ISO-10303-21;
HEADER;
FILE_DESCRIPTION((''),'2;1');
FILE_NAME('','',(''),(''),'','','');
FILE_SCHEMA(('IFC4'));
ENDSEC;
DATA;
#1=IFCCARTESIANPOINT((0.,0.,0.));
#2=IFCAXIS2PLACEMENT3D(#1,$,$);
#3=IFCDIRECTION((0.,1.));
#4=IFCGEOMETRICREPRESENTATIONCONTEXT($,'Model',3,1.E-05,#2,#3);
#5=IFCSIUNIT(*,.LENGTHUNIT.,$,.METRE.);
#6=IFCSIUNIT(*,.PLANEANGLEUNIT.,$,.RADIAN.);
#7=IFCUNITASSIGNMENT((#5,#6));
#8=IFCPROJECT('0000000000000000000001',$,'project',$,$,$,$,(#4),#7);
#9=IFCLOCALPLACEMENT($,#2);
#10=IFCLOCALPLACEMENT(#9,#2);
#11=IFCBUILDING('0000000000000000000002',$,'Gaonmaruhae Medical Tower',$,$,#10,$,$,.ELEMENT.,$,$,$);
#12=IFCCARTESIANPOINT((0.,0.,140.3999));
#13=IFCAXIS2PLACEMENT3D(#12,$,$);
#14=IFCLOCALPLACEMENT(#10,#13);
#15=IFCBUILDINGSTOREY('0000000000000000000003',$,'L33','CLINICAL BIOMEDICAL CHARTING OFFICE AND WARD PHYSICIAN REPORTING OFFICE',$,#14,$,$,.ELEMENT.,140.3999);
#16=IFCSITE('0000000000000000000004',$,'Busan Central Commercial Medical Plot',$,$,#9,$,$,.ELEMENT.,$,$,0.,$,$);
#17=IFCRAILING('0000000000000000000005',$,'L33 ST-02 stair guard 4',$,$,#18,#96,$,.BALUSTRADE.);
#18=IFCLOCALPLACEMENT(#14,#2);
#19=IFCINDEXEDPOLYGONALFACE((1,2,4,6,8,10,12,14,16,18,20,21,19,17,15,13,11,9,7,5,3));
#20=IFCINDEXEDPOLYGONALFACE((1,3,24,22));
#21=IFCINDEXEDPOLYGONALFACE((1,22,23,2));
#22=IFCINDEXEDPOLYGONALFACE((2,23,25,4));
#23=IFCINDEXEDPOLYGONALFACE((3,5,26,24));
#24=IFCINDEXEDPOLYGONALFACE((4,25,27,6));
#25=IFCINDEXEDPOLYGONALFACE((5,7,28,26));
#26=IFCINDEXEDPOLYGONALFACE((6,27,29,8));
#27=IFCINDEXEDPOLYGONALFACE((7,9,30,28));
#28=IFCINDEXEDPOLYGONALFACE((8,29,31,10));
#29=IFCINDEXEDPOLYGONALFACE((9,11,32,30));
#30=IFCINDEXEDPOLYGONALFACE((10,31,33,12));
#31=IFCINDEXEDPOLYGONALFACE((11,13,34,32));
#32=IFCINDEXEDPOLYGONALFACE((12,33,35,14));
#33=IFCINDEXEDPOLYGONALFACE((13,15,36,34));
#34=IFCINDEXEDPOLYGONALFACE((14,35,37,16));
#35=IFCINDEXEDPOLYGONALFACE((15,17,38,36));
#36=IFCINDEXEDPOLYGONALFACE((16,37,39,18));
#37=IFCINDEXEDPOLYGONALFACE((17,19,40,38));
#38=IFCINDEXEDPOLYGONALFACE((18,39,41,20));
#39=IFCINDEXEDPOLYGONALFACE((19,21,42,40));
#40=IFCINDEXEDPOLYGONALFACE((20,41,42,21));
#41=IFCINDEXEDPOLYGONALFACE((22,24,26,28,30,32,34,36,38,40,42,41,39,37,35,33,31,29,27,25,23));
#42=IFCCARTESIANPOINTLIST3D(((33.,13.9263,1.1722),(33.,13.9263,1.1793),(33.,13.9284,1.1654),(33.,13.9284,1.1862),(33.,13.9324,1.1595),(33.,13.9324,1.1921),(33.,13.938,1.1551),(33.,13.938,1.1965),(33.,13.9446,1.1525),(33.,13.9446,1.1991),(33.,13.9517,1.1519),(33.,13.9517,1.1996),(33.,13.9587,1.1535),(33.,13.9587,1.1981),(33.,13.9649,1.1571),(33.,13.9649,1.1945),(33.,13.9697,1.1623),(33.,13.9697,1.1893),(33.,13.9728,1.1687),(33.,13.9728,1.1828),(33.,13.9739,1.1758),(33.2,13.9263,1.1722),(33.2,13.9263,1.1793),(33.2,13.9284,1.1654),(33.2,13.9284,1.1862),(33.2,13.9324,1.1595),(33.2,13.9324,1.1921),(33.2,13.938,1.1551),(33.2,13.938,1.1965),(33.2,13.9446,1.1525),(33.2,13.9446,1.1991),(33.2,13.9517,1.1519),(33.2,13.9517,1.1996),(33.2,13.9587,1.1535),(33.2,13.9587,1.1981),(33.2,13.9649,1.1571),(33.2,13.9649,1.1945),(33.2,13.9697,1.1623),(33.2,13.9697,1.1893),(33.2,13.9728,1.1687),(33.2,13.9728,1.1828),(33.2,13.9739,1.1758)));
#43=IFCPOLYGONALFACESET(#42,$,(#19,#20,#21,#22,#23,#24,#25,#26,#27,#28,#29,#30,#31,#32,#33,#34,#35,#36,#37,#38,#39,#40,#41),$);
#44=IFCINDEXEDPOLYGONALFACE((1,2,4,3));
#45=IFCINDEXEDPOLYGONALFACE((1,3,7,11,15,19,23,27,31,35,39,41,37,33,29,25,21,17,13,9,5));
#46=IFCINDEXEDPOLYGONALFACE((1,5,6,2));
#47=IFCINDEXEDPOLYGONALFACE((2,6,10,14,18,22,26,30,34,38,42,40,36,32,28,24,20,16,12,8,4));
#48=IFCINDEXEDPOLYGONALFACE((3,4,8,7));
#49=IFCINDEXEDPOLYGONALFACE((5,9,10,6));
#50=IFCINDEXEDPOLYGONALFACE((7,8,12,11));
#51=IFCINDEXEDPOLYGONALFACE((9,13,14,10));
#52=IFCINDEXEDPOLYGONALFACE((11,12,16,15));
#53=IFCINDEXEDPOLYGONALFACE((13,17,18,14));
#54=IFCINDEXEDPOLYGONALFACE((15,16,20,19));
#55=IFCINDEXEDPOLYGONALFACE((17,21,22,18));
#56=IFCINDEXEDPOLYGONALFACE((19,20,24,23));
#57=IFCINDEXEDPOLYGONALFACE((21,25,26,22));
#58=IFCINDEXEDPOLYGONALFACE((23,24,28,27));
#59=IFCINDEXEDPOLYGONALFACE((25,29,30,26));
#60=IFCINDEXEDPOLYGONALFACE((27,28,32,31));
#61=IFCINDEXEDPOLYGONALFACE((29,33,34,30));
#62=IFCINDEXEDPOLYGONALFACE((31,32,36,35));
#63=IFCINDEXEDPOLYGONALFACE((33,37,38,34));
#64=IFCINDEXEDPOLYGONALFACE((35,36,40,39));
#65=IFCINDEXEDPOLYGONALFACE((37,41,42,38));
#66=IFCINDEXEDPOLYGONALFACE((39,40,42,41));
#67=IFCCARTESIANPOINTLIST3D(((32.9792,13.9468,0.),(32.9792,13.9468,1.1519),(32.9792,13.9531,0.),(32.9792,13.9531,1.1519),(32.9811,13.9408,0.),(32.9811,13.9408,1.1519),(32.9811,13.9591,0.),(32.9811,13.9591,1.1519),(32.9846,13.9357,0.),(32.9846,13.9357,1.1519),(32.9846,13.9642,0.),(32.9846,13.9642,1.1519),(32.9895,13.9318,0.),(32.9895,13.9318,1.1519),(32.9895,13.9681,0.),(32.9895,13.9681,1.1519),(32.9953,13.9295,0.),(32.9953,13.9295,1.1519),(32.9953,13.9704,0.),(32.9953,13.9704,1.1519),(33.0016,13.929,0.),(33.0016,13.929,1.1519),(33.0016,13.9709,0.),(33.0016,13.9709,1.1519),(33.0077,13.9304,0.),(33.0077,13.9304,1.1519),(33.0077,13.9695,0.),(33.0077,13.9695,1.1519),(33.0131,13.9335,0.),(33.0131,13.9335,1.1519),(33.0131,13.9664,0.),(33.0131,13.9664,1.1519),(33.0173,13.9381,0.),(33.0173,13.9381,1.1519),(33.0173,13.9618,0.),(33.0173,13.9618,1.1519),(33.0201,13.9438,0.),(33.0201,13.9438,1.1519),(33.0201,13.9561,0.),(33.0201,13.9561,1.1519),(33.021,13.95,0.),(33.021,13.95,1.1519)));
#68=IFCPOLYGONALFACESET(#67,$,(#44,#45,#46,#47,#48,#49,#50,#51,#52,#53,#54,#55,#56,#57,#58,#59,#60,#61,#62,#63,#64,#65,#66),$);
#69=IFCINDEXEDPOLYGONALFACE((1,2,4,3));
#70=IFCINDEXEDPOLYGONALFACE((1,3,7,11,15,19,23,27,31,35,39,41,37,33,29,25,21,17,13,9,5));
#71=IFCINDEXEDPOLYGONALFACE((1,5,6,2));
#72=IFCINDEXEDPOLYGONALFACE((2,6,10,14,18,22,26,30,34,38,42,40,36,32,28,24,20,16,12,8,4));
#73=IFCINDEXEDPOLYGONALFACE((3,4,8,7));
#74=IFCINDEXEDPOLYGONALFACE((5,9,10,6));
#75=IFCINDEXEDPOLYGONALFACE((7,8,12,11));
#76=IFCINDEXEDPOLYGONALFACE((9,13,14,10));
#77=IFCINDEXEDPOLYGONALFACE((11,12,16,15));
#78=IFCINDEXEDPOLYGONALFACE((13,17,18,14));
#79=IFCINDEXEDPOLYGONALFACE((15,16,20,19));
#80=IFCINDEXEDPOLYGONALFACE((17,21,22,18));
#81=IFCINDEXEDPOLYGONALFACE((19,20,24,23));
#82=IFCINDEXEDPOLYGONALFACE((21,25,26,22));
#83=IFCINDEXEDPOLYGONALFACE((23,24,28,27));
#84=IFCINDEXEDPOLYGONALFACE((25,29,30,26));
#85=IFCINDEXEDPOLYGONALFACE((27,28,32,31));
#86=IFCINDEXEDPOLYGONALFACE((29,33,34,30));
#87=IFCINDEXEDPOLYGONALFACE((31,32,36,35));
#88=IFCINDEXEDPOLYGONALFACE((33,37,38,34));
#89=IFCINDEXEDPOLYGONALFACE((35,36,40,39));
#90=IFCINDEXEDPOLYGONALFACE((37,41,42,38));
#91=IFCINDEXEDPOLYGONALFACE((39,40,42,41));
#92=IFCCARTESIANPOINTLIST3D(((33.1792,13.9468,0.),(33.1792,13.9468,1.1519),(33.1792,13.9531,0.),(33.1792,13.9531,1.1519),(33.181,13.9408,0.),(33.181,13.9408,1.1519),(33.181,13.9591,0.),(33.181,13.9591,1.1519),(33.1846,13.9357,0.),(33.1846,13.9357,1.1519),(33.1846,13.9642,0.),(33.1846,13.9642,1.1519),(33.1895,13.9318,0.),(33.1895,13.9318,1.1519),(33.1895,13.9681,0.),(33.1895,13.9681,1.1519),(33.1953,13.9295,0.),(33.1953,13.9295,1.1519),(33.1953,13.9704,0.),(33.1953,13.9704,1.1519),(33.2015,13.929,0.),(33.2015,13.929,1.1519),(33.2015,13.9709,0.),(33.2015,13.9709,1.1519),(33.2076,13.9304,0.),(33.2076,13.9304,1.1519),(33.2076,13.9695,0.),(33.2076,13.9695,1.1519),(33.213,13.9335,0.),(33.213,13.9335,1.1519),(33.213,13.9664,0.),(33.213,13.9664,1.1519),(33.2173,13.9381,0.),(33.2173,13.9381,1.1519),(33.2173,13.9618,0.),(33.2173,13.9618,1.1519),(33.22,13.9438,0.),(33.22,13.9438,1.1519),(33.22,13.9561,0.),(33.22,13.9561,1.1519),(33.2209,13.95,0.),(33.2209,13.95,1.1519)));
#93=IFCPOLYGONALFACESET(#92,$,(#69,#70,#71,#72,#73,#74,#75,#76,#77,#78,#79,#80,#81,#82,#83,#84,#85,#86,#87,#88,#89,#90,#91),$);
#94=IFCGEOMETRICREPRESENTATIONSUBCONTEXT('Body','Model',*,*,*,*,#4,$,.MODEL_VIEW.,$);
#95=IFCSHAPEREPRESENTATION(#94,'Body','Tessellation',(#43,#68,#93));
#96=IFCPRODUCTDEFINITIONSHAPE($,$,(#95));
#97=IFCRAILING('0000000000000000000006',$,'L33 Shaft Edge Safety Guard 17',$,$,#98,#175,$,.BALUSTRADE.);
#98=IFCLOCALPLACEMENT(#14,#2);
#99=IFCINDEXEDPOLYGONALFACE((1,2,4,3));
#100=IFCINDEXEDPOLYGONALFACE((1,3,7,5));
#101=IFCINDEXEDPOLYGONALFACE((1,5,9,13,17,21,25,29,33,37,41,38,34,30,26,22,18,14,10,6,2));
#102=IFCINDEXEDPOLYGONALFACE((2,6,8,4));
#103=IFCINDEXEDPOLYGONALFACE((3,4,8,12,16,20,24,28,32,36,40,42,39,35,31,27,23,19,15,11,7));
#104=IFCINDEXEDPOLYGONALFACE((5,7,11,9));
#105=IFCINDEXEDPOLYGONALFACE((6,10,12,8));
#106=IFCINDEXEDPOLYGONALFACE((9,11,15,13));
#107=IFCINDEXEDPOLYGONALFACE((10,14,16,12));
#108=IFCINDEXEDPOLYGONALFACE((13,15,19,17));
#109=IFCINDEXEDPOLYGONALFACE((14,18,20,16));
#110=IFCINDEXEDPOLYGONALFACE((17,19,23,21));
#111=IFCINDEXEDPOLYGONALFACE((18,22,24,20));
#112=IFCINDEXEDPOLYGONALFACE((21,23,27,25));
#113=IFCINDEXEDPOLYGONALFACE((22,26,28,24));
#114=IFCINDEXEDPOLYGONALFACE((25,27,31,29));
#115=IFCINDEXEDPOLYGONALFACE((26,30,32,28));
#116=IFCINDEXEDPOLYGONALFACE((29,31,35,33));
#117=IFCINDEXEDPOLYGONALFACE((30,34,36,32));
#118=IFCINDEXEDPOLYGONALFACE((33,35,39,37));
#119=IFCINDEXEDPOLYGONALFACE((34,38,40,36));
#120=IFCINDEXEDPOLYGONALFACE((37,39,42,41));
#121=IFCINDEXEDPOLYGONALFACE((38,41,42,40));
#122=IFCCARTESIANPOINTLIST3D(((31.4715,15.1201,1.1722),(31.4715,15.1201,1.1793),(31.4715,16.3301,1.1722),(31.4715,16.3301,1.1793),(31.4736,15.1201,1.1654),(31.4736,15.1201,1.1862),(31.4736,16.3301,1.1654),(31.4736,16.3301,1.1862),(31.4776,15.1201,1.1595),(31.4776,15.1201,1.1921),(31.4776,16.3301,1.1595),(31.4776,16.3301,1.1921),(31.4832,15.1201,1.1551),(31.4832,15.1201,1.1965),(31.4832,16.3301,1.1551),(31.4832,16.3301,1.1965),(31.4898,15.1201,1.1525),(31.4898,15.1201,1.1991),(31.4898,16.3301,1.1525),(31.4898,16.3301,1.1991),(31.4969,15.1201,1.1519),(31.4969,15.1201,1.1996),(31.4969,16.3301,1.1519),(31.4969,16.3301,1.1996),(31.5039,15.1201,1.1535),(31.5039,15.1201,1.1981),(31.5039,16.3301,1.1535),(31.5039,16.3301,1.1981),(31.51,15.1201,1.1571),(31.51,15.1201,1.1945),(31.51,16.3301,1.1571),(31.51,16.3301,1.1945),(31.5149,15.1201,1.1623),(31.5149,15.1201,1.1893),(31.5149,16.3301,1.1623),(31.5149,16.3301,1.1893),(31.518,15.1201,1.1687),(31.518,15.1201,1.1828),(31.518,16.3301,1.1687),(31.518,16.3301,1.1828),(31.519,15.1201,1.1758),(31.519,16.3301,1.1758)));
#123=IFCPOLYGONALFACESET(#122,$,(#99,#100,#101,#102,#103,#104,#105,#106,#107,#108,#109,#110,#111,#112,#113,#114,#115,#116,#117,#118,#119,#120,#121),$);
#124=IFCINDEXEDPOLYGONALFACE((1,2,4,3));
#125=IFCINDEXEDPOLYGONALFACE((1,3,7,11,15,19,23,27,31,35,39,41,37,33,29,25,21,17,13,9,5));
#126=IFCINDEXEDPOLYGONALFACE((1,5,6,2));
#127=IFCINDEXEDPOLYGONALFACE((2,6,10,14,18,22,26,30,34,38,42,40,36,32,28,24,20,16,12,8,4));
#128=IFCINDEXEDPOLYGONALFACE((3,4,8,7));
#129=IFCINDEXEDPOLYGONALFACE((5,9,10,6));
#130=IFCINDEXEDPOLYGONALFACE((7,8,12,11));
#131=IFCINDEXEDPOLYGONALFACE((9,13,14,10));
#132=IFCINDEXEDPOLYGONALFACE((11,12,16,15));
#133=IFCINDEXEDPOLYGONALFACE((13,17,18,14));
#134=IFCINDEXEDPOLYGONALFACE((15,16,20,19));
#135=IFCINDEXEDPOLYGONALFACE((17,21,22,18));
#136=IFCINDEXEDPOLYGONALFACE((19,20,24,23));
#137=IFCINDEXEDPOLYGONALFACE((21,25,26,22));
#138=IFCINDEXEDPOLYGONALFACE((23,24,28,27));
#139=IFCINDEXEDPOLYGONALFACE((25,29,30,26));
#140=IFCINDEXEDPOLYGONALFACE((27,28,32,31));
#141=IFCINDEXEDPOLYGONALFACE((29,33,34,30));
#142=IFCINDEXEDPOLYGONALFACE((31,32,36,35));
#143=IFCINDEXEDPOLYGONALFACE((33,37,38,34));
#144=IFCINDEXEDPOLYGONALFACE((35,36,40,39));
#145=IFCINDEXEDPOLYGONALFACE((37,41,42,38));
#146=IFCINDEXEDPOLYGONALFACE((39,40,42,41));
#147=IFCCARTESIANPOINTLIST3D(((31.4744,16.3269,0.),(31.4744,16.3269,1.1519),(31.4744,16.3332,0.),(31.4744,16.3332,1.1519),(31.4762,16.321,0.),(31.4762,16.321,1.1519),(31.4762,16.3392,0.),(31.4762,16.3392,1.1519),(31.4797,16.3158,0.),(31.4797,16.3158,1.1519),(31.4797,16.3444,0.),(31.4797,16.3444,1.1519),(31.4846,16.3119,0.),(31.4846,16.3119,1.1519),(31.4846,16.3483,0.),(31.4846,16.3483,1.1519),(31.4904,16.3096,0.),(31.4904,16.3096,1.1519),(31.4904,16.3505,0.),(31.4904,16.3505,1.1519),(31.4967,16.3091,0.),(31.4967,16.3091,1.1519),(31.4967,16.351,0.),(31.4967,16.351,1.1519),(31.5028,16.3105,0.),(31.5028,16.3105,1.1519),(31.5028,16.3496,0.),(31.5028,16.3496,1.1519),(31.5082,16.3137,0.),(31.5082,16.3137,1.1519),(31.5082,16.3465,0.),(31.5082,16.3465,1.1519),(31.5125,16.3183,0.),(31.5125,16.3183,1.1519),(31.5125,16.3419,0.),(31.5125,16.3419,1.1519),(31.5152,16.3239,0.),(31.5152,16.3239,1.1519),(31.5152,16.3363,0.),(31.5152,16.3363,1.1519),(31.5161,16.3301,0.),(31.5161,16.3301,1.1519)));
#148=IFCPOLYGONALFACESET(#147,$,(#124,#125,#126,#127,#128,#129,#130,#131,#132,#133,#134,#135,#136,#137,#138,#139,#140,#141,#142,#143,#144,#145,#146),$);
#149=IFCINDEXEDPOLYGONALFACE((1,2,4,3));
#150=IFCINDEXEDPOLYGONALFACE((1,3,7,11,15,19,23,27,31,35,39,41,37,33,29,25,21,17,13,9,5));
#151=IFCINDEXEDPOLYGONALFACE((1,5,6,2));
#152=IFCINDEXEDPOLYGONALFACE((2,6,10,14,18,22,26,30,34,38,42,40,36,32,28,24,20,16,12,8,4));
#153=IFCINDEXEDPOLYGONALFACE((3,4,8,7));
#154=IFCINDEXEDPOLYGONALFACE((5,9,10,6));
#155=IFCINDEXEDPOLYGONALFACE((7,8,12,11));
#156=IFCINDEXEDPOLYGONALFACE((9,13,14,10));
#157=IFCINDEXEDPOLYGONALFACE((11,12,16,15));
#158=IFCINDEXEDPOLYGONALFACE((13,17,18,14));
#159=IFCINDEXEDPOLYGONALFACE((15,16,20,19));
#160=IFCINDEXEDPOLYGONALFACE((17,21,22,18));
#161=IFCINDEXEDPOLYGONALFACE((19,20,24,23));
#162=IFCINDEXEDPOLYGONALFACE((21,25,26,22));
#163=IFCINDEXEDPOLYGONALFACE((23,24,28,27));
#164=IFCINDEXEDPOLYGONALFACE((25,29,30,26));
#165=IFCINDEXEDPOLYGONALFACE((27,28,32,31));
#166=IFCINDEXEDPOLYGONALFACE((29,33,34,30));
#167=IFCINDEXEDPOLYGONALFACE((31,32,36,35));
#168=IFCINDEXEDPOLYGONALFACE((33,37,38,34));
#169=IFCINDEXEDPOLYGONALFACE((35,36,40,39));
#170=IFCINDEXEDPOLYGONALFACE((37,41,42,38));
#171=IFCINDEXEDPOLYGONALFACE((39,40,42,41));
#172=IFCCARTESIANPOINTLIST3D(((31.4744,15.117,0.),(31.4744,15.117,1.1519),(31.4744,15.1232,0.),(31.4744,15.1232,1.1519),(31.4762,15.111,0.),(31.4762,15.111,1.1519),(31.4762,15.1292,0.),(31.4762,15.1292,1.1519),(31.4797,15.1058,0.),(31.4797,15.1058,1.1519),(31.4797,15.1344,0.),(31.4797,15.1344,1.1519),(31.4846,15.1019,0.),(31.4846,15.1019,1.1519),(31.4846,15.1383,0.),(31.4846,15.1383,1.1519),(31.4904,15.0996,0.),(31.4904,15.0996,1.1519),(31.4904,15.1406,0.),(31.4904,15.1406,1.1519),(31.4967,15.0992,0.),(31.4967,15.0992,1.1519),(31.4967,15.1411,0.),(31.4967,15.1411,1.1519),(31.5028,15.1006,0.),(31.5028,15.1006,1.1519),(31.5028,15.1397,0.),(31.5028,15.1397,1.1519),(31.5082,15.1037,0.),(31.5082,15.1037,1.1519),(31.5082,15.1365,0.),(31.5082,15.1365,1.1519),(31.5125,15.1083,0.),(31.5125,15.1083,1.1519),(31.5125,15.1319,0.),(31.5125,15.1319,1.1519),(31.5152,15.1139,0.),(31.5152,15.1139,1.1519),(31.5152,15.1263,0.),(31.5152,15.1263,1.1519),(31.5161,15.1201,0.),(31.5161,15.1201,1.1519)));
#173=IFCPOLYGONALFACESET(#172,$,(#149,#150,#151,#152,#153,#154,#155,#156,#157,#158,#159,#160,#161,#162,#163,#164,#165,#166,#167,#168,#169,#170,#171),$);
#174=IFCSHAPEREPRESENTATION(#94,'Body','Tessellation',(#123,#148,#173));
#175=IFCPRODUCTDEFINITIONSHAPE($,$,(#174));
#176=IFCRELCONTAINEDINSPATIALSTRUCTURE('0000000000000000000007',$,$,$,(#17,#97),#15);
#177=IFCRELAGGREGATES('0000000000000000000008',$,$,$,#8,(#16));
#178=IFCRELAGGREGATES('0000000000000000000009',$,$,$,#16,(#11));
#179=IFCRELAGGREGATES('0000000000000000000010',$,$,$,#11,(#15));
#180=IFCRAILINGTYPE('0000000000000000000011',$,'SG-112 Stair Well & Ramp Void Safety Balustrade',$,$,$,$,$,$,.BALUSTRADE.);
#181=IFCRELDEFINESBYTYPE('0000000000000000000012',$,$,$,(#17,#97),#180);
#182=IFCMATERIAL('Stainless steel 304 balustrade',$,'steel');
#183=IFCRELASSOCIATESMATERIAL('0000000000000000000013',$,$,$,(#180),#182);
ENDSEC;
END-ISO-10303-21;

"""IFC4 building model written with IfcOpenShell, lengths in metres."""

from ifc_helpers import new_model, si_unit, direction, frame, origin, origin_2d, place, context, subcontext, project, spatial, circle, extrude, material, type_object, element, save


model = new_model("IFC4")

# Units and contexts
model_context = context("Model", 3, precision=1e-05, world=origin(), true_north=direction((0.0, 1.0)))
body_context = subcontext(model_context, "Body", "Model", "MODEL_VIEW")
ifc_project = project(units=[si_unit("LENGTHUNIT", "METRE"), si_unit("PLANEANGLEUNIT", "RADIAN")], contexts=[model_context])

# Site, building, storey
site_placement = place(None, origin())
site = spatial("IfcSite", under=ifc_project, at=site_placement, Name="Busan Central Commercial Medical Plot", CompositionType="ELEMENT", RefElevation=0.0)
building_placement = place(site_placement, origin())
building = spatial("IfcBuilding", under=site, at=building_placement, Name="Gaonmaruhae Medical Tower", CompositionType="ELEMENT")
storey_placement = place(building_placement, frame((0.0, 0.0, 140.3999)))
storey = spatial("IfcBuildingStorey", under=building, at=storey_placement, Name="L33", Description="CLINICAL BIOMEDICAL CHARTING OFFICE AND WARD PHYSICIAN REPORTING OFFICE", CompositionType="ELEMENT", Elevation=140.3999)

# Railings
ifc_material_1 = material(Name="Stainless steel 304 balustrade", Category="steel")
railing_type_1 = type_object("IfcRailingType", Name="SG-112 Stair Well & Ramp Void Safety Balustrade", PredefinedType="BALUSTRADE", material=ifc_material_1)
railing_1_placement = place(storey_placement, frame((33.0, 13.95, 0.0)))
element("IfcRailing", 1, at=railing_1_placement, inside=storey, type_object=railing_type_1, Name="L33 ST-02 stair guard 4", PredefinedType="BALUSTRADE", context=body_context, shape_type="SweptSolid", body=[
    extrude(circle(Radius=0.0239, at=origin_2d()), frame((0.0, 0.0, 1.1758), z_axis=(1.0, 0.0, 0.0), x_axis=(0.0, 1.0, 0.0)), (0.0, 0.0, 1.0), 0.2),
    extrude(circle(Radius=0.021, at=origin_2d()), origin(), (0.0, 0.0, 1.0), 1.1519),
    extrude(circle(Radius=0.021, at=origin_2d()), frame((0.2, 0.0, 0.0)), (0.0, 0.0, 1.0), 1.1519),
])
railing_2_placement = place(storey_placement, frame((31.4951, 16.3301, 0.0)))
element("IfcRailing", 2, at=railing_2_placement, inside=storey, type_object=railing_type_1, Name="L33 Shaft Edge Safety Guard 17", PredefinedType="BALUSTRADE", context=body_context, shape_type="SweptSolid", body=[
    extrude(circle(Radius=0.0239, at=origin_2d()), frame((0.0, 0.0, 1.1758), z_axis=(0.0, -1.0, 0.0), x_axis=(1.0, 0.0, 0.0)), (0.0, 0.0, 1.0), 1.21),
    extrude(circle(Radius=0.021, at=origin_2d()), origin(), (0.0, 0.0, 1.0), 1.1519),
    extrude(circle(Radius=0.021, at=origin_2d()), frame((0.0, -1.21, 0.0)), (0.0, 0.0, 1.0), 1.1519),
])

save(model, "model.ifc")
